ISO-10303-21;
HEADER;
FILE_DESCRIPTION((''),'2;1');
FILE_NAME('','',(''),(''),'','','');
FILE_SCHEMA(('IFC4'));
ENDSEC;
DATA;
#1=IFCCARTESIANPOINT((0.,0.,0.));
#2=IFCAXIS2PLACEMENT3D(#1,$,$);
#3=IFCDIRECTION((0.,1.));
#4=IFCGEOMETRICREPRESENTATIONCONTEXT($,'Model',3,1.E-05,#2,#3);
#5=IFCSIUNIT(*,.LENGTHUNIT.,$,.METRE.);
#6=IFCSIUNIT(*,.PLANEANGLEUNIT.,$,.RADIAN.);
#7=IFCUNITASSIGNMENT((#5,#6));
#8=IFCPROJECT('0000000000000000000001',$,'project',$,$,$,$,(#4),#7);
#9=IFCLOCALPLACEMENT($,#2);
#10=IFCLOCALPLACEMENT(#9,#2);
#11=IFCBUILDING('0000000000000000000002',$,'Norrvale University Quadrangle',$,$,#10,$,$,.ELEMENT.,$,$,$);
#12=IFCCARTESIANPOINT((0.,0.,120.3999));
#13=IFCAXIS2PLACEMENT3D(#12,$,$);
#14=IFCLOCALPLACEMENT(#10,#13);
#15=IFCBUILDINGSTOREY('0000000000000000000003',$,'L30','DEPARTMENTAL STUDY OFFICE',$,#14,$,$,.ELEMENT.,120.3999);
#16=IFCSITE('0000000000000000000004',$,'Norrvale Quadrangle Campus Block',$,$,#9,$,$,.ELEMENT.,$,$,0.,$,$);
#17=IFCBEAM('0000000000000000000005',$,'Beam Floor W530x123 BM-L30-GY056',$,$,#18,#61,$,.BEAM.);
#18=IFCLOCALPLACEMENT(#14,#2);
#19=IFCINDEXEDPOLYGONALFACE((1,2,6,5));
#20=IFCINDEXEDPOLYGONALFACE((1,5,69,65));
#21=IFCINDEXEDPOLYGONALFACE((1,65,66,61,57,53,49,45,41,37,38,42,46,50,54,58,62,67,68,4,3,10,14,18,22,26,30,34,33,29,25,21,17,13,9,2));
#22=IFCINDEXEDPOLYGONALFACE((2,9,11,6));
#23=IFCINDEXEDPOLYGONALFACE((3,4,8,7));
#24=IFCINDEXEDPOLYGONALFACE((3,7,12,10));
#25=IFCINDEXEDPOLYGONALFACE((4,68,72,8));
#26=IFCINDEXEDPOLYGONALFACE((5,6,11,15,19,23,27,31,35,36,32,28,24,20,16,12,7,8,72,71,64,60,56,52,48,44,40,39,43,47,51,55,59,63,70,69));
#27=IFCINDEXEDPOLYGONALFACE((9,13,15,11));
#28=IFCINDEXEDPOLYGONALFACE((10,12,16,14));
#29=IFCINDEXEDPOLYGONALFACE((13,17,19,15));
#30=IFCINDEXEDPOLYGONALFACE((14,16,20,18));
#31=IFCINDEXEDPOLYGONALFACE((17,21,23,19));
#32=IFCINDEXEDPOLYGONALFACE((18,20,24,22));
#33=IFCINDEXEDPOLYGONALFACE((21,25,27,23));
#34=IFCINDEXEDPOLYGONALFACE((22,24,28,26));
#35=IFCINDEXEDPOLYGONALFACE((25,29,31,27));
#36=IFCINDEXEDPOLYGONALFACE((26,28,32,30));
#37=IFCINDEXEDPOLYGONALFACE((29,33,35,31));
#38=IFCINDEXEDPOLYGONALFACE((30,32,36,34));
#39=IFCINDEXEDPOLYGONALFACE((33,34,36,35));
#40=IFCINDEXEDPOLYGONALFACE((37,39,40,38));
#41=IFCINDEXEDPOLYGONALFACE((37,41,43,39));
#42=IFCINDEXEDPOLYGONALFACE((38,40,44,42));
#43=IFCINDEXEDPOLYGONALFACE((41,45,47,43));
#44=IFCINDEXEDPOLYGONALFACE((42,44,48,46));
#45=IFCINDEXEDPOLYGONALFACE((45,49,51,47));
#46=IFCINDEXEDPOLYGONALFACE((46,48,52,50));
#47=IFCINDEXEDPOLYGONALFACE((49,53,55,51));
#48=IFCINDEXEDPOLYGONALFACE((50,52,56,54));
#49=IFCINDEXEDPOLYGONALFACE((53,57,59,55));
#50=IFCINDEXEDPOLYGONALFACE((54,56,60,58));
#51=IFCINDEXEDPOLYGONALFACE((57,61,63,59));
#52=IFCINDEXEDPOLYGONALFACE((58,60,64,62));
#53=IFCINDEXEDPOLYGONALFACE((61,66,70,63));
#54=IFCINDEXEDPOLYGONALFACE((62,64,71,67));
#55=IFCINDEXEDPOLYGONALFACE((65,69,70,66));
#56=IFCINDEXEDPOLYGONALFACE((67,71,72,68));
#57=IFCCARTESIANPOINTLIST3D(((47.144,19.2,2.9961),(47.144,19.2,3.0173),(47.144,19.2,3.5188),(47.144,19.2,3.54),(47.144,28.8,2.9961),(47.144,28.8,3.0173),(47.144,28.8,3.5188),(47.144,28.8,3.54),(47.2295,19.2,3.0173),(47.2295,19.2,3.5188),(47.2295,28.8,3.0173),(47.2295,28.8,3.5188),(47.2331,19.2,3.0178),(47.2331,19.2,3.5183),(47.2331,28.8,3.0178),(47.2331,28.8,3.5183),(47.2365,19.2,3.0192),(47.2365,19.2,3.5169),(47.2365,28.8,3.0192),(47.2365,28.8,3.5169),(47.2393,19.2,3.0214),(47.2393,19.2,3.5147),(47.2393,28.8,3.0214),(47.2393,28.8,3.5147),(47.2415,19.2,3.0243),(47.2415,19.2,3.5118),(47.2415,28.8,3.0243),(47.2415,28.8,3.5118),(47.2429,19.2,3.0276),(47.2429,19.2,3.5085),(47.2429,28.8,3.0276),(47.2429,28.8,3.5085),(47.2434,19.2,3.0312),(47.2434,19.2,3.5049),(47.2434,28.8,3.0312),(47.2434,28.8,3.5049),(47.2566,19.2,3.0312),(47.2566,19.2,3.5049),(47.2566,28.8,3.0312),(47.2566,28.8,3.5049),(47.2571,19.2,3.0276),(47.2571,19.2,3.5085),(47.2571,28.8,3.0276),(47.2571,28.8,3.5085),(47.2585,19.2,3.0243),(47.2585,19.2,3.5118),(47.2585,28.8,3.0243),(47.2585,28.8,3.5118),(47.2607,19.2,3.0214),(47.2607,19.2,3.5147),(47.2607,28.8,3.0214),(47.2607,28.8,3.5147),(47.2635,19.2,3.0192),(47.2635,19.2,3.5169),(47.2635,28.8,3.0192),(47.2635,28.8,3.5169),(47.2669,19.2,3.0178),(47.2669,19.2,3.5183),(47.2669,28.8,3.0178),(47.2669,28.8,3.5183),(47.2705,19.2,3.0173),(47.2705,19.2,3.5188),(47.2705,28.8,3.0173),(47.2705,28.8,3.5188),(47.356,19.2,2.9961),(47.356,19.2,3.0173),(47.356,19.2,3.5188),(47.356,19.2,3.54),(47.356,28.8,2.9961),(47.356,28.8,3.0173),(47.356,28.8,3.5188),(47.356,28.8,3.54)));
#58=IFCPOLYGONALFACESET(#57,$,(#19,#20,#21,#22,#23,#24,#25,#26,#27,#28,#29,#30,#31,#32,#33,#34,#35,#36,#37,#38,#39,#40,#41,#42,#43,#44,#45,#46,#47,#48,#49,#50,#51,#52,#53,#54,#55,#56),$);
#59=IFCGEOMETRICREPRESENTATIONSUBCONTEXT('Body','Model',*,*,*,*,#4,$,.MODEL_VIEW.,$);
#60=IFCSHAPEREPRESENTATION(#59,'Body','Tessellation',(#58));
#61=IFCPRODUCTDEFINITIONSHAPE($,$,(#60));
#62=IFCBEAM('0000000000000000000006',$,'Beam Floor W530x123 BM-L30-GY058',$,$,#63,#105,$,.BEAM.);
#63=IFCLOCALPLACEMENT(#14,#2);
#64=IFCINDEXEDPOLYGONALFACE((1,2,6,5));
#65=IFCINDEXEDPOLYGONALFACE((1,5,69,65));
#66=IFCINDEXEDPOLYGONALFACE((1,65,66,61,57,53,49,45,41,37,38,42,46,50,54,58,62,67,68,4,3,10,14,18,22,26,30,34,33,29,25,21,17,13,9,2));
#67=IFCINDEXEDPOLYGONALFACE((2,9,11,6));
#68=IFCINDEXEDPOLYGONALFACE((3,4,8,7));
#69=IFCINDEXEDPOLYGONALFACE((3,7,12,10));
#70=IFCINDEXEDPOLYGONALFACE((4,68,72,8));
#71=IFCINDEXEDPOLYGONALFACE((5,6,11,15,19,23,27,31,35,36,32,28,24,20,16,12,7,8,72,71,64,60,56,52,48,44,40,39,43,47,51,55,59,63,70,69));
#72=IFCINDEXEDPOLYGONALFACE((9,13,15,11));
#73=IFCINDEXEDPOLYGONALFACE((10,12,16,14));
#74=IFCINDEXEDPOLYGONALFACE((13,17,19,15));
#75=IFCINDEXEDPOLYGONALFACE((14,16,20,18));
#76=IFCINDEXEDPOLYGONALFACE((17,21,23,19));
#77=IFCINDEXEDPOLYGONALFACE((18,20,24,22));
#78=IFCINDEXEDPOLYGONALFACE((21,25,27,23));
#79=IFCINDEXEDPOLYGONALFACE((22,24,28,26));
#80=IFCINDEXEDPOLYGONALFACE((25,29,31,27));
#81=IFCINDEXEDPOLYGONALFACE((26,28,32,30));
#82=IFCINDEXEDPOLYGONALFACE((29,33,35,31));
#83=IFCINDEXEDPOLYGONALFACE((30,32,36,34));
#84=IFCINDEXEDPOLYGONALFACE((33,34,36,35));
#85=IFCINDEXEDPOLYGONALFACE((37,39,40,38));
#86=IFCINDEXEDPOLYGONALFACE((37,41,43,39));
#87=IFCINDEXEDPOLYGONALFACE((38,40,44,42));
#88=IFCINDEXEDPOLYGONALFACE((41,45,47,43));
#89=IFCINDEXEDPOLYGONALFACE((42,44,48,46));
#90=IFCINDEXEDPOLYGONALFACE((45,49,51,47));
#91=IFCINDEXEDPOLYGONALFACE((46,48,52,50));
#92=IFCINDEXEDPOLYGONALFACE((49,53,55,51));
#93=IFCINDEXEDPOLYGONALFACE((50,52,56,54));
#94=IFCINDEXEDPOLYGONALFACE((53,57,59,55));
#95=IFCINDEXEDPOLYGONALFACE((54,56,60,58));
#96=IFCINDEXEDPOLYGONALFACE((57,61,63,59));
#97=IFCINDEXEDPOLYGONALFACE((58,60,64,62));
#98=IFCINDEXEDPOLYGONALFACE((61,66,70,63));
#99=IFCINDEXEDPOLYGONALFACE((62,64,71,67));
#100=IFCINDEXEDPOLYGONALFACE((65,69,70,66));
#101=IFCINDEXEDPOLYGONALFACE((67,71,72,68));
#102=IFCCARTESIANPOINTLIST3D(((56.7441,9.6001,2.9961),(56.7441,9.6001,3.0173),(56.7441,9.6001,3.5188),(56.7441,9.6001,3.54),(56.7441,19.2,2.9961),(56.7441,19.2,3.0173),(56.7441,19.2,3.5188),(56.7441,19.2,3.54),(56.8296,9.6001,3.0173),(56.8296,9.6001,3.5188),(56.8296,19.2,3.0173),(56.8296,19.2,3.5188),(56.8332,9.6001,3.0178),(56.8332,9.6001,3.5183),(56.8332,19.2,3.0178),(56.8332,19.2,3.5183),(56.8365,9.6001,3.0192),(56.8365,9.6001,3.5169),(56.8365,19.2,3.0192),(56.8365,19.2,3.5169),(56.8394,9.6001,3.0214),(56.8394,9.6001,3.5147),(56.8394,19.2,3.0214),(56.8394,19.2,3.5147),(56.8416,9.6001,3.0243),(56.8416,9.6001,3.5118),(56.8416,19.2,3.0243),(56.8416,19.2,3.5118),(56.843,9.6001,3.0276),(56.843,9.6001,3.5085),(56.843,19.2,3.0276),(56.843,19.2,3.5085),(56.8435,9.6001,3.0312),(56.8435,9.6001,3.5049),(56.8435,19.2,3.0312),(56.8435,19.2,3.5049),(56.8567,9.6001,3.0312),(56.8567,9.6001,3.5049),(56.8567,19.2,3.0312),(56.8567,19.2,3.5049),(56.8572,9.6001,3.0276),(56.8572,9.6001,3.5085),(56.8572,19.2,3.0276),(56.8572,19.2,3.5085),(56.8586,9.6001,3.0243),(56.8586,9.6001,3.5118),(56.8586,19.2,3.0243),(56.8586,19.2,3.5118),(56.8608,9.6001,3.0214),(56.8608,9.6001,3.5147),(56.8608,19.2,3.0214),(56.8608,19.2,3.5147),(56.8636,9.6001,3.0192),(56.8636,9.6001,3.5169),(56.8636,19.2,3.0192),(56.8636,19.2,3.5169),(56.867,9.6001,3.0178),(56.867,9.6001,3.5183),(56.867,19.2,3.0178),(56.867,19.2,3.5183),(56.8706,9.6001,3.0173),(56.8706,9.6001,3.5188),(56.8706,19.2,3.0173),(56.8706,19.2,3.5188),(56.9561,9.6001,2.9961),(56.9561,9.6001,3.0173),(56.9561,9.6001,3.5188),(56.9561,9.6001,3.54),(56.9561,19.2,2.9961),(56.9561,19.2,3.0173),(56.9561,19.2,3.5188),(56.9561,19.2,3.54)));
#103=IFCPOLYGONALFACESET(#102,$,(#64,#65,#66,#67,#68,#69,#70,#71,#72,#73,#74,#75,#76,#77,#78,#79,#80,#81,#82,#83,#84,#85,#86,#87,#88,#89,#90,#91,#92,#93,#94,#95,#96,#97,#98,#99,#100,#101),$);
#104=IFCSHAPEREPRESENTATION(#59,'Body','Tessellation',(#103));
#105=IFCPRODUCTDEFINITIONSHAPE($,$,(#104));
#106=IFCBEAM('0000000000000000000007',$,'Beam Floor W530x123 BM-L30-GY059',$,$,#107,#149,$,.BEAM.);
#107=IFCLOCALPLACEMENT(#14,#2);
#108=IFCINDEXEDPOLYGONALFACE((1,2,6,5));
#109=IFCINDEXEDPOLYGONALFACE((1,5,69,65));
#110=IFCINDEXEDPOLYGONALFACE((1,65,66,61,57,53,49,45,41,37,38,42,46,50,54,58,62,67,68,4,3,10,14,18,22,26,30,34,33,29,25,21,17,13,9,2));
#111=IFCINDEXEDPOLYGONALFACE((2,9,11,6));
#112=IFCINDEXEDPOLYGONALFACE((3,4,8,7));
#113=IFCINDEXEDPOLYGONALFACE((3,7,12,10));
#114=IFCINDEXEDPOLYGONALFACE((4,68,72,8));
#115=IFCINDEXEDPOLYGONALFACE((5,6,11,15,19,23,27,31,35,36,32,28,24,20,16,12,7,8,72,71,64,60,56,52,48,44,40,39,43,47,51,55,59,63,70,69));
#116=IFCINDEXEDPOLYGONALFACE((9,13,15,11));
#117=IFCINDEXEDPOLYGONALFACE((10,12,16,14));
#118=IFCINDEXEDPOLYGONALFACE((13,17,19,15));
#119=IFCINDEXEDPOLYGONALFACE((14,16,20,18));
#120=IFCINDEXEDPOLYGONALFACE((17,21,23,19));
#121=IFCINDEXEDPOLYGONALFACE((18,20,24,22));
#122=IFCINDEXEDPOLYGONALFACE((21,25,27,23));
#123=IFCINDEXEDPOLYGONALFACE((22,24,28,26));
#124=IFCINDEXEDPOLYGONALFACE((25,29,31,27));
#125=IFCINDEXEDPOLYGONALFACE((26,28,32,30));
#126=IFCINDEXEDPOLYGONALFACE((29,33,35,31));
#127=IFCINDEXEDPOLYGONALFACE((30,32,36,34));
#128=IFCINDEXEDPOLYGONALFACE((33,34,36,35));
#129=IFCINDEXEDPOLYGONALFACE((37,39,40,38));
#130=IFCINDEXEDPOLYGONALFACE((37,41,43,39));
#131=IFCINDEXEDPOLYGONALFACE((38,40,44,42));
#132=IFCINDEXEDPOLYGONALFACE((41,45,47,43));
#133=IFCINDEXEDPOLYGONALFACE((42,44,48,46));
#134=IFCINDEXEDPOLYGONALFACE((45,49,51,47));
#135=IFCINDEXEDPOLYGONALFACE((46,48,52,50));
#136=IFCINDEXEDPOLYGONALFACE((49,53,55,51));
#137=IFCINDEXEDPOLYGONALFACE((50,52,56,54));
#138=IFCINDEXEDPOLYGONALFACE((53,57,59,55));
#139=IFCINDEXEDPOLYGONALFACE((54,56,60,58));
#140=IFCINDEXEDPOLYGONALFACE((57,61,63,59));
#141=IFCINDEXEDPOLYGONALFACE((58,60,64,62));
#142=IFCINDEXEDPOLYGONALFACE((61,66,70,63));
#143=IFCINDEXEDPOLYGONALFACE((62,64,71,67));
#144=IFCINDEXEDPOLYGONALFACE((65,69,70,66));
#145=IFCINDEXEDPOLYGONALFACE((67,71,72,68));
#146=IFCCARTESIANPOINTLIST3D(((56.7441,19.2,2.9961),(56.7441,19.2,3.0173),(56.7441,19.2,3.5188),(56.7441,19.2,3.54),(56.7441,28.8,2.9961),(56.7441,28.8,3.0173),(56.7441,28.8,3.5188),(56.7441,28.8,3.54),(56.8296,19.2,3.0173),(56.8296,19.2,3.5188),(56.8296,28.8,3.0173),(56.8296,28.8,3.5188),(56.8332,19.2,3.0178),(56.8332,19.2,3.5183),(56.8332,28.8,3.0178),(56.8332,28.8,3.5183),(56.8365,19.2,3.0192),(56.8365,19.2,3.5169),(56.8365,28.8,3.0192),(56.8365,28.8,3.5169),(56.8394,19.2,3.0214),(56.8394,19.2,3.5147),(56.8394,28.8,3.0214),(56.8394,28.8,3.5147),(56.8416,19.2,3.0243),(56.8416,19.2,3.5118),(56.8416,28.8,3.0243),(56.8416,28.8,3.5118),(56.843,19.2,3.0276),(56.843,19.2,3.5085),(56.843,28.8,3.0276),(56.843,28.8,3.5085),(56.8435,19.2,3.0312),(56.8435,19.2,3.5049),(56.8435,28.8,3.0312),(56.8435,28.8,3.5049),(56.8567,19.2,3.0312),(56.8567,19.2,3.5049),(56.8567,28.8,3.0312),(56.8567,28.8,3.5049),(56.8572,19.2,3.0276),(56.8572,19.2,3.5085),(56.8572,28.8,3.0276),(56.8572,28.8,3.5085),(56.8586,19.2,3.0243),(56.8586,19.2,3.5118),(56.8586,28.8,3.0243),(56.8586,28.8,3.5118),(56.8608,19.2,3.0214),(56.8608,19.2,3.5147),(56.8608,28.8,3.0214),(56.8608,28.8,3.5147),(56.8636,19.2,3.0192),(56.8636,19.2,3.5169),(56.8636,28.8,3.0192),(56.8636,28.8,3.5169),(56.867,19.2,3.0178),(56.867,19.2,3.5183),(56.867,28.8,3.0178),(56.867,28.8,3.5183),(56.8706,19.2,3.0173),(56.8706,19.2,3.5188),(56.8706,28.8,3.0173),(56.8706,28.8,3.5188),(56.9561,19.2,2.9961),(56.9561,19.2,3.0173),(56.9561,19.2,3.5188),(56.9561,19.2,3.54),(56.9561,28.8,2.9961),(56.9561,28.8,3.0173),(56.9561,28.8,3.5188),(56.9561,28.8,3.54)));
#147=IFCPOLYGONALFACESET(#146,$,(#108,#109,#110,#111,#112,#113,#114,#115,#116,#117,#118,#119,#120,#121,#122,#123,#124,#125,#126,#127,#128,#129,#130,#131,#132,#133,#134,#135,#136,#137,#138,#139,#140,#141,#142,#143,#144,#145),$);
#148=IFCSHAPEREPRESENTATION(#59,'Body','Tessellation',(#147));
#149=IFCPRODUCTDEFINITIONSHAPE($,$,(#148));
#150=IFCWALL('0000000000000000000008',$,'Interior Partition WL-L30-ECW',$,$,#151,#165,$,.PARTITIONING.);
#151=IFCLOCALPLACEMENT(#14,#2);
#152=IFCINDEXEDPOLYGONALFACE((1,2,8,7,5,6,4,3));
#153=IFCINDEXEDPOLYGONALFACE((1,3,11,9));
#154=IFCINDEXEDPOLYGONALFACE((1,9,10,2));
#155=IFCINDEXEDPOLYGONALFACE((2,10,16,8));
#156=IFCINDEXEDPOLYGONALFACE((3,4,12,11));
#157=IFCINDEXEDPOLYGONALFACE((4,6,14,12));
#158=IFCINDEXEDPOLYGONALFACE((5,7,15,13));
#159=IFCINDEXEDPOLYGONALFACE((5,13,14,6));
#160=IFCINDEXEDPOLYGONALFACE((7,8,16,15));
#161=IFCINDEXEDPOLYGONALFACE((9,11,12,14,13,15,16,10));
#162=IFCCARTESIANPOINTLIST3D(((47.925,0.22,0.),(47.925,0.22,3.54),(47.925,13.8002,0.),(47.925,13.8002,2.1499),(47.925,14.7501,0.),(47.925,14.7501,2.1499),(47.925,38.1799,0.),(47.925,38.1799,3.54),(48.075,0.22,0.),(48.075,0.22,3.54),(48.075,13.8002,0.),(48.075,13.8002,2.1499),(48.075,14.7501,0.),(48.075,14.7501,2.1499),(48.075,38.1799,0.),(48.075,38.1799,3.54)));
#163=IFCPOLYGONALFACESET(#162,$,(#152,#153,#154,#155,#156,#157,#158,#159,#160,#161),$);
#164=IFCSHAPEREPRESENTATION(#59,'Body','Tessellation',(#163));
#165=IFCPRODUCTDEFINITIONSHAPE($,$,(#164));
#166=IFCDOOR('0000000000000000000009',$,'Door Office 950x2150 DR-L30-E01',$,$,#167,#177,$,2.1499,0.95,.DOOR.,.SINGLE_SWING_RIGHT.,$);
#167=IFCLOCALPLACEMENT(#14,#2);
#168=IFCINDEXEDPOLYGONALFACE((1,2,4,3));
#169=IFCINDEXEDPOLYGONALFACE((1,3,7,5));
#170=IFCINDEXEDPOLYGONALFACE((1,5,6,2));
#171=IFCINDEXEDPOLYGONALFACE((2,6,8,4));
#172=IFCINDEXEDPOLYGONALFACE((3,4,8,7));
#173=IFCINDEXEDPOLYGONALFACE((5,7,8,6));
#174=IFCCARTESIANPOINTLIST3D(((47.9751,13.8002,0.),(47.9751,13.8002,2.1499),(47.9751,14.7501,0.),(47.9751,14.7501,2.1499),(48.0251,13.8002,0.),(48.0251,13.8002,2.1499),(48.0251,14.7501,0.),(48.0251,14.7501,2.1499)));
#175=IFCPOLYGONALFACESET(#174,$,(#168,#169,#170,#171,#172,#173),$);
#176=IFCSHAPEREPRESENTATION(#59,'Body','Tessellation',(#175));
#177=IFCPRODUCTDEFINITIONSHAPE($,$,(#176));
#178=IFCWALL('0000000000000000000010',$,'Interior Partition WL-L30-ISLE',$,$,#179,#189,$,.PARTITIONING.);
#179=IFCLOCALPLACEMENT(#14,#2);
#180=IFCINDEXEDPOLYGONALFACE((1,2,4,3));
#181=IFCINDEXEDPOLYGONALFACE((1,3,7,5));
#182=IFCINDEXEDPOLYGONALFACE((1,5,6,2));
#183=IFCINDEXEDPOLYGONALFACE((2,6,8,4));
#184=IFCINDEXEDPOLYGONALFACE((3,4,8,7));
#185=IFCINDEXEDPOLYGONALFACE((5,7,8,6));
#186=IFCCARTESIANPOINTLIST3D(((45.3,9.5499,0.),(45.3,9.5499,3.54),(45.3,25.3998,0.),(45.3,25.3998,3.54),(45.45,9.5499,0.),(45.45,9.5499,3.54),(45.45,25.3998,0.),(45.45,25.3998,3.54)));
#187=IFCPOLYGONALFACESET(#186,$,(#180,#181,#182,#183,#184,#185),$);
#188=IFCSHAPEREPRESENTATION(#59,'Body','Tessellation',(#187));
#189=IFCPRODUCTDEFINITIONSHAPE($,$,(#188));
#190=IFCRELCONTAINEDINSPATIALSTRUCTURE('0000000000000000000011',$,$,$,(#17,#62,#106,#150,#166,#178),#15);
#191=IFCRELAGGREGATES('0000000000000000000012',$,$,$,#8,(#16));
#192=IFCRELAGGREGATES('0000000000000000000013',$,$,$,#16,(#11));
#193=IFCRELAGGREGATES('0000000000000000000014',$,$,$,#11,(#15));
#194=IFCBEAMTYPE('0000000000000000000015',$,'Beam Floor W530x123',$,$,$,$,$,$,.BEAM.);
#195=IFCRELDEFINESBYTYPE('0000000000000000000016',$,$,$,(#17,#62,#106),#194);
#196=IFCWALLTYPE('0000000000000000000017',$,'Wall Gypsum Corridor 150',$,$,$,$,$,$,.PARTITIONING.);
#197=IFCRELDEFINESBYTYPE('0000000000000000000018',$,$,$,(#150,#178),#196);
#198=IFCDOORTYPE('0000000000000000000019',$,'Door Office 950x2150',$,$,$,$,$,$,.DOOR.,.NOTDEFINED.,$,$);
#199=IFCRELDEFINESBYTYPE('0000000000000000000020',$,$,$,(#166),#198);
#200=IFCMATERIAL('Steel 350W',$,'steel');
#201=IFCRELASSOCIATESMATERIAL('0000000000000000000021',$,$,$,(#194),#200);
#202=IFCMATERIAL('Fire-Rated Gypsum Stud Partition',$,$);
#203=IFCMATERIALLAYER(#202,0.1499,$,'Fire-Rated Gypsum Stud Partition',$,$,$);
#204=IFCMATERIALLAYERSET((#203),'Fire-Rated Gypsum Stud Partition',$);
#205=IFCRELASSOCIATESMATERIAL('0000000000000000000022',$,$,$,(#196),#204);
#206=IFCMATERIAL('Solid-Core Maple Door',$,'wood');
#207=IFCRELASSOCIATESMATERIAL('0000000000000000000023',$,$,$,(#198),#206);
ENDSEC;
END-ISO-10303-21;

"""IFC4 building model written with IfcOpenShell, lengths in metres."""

from ifc_helpers import new_model, si_unit, direction, frame, frame_2d, origin, origin_2d, place, context, subcontext, project, spatial, rectangle, i_section, extrude, material, layer, layer_set, material_profile, profile_set, type_object, element, fill, save


model = new_model("IFC4")

# Units and contexts
model_context = context("Model", 3, precision=1e-05, world=origin(), true_north=direction((0.0, 1.0)))
body_context = subcontext(model_context, "Body", "Model", "MODEL_VIEW")
ifc_project = project(units=[si_unit("LENGTHUNIT", "METRE"), si_unit("PLANEANGLEUNIT", "RADIAN")], contexts=[model_context])

# Site, building, storey
site_placement = place(None, origin())
site = spatial("IfcSite", under=ifc_project, at=site_placement, Name="Norrvale Quadrangle Campus Block", CompositionType="ELEMENT", RefElevation=0.0)
building_placement = place(site_placement, origin())
building = spatial("IfcBuilding", under=site, at=building_placement, Name="Norrvale University Quadrangle", CompositionType="ELEMENT")
storey_placement = place(building_placement, frame((0.0, 0.0, 120.3999)))
storey = spatial("IfcBuildingStorey", under=building, at=storey_placement, Name="L30", Description="DEPARTMENTAL STUDY OFFICE", CompositionType="ELEMENT", Elevation=120.3999)

# Beams
ifc_material_1 = material(Name="Steel 350W", Category="steel")
ifc_material_profile_1 = material_profile(ifc_material_1, i_section(OverallWidth=0.2119, OverallDepth=0.5439, WebThickness=0.0132, FlangeThickness=0.0212, FilletRadius=0.0139, at=origin_2d()), Name="Steel 350W")
ifc_profile_set_1 = profile_set([ifc_material_profile_1], Name="Steel 350W")
beam_type_1 = type_object("IfcBeamType", Name="Beam Floor W530x123", PredefinedType="BEAM", material=ifc_profile_set_1)
beam_1_placement = place(storey_placement, frame((47.25, 19.2, 3.2681), z_axis=(0.0, 1.0, 0.0), x_axis=(-1.0, 0.0, 0.0)))
element("IfcBeam", 1, at=beam_1_placement, inside=storey, type_object=beam_type_1, Name="Beam Floor W530x123 BM-L30-GY056", PredefinedType="BEAM", context=body_context, shape_type="SweptSolid", body=[
    extrude(i_section(OverallWidth=0.2119, OverallDepth=0.5439, WebThickness=0.0132, FlangeThickness=0.0212, FilletRadius=0.0139, at=origin_2d()), origin(), (0.0, 0.0, 1.0), 9.6001),
])
beam_2_placement = place(storey_placement, frame((56.8501, 9.6001, 3.2681), z_axis=(0.0, 1.0, 0.0), x_axis=(-1.0, 0.0, 0.0)))
element("IfcBeam", 2, at=beam_2_placement, inside=storey, type_object=beam_type_1, Name="Beam Floor W530x123 BM-L30-GY058", PredefinedType="BEAM", context=body_context, shape_type="SweptSolid", body=[
    extrude(i_section(OverallWidth=0.2119, OverallDepth=0.5439, WebThickness=0.0132, FlangeThickness=0.0212, FilletRadius=0.0139, at=origin_2d()), origin(), (0.0, 0.0, 1.0), 9.5999),
])
beam_3_placement = place(storey_placement, frame((56.8501, 19.2, 3.2681), z_axis=(0.0, 1.0, 0.0), x_axis=(-1.0, 0.0, 0.0)))
element("IfcBeam", 3, at=beam_3_placement, inside=storey, type_object=beam_type_1, Name="Beam Floor W530x123 BM-L30-GY059", PredefinedType="BEAM", context=body_context, shape_type="SweptSolid", body=[
    extrude(i_section(OverallWidth=0.2119, OverallDepth=0.5439, WebThickness=0.0132, FlangeThickness=0.0212, FilletRadius=0.0139, at=origin_2d()), origin(), (0.0, 0.0, 1.0), 9.6001),
])

# Wall, opening, door
ifc_material_2 = material(Name="Fire-Rated Gypsum Stud Partition")
ifc_layer_1 = layer(ifc_material_2, 0.1499, Name="Fire-Rated Gypsum Stud Partition")
ifc_layer_set_1 = layer_set([ifc_layer_1], Name="Fire-Rated Gypsum Stud Partition")
wall_type_1 = type_object("IfcWallType", Name="Wall Gypsum Corridor 150", PredefinedType="PARTITIONING", material=ifc_layer_set_1)
wall_1_placement = place(storey_placement, frame((48.0, 0.22, 0.0), z_axis=(0.0, 0.0, 1.0), x_axis=(0.0, 1.0, 0.0)))
wall_1 = element("IfcWall", 4, at=wall_1_placement, inside=storey, type_object=wall_type_1, Name="Interior Partition WL-L30-ECW", PredefinedType="PARTITIONING", context=body_context, shape_type="SweptSolid", body=[
    extrude(rectangle(XDim=37.96, YDim=0.1499, at=frame_2d((18.98, 0.0))), origin(), (0.0, 0.0, 1.0), 3.54),
])
opening_1_placement = place(wall_1_placement, frame((13.5801, 0.0, 0.0)))
opening_1 = element("IfcOpeningElement", 5, at=opening_1_placement, cuts=wall_1, PredefinedType="OPENING", context=body_context, shape_type="SweptSolid", body=[
    extrude(rectangle(XDim=0.95, YDim=2.1499, at=frame_2d((0.4751, 1.075))), frame((0.0, 0.0869, 0.0), z_axis=(0.0, -1.0, 0.0), x_axis=(1.0, 0.0, 0.0)), (0.0, 0.0, 1.0), 0.1738),
])
ifc_material_3 = material(Name="Solid-Core Maple Door", Category="wood")
door_type = type_object("IfcDoorType", Name="Door Office 950x2150", OperationType="NOTDEFINED", PredefinedType="DOOR", material=ifc_material_3)
door_placement = place(opening_1_placement, origin())
door = element("IfcDoor", 6, at=door_placement, inside=storey, type_object=door_type, Name="Door Office 950x2150 DR-L30-E01", OperationType="SINGLE_SWING_RIGHT", OverallHeight=2.1499, OverallWidth=0.95, PredefinedType="DOOR", context=body_context, shape_type="SweptSolid", body=[
    extrude(rectangle(XDim=0.95, YDim=2.1499, at=frame_2d((0.4751, 1.075))), frame((0.0, 0.0249, 0.0), z_axis=(0.0, -1.0, 0.0), x_axis=(1.0, 0.0, 0.0)), (0.0, 0.0, 1.0), 0.05),
])
fill(opening_1, door)

# Wall
wall_2_placement = place(storey_placement, frame((45.375, 9.55, 0.0), z_axis=(0.0, 0.0, 1.0), x_axis=(0.0, 1.0, 0.0)))
element("IfcWall", 7, at=wall_2_placement, inside=storey, type_object=wall_type_1, Name="Interior Partition WL-L30-ISLE", PredefinedType="PARTITIONING", context=body_context, shape_type="SweptSolid", body=[
    extrude(rectangle(XDim=15.8499, YDim=0.1499, at=frame_2d((7.9248, 0.0))), origin(), (0.0, 0.0, 1.0), 3.54),
])

save(model, "model.ifc")
